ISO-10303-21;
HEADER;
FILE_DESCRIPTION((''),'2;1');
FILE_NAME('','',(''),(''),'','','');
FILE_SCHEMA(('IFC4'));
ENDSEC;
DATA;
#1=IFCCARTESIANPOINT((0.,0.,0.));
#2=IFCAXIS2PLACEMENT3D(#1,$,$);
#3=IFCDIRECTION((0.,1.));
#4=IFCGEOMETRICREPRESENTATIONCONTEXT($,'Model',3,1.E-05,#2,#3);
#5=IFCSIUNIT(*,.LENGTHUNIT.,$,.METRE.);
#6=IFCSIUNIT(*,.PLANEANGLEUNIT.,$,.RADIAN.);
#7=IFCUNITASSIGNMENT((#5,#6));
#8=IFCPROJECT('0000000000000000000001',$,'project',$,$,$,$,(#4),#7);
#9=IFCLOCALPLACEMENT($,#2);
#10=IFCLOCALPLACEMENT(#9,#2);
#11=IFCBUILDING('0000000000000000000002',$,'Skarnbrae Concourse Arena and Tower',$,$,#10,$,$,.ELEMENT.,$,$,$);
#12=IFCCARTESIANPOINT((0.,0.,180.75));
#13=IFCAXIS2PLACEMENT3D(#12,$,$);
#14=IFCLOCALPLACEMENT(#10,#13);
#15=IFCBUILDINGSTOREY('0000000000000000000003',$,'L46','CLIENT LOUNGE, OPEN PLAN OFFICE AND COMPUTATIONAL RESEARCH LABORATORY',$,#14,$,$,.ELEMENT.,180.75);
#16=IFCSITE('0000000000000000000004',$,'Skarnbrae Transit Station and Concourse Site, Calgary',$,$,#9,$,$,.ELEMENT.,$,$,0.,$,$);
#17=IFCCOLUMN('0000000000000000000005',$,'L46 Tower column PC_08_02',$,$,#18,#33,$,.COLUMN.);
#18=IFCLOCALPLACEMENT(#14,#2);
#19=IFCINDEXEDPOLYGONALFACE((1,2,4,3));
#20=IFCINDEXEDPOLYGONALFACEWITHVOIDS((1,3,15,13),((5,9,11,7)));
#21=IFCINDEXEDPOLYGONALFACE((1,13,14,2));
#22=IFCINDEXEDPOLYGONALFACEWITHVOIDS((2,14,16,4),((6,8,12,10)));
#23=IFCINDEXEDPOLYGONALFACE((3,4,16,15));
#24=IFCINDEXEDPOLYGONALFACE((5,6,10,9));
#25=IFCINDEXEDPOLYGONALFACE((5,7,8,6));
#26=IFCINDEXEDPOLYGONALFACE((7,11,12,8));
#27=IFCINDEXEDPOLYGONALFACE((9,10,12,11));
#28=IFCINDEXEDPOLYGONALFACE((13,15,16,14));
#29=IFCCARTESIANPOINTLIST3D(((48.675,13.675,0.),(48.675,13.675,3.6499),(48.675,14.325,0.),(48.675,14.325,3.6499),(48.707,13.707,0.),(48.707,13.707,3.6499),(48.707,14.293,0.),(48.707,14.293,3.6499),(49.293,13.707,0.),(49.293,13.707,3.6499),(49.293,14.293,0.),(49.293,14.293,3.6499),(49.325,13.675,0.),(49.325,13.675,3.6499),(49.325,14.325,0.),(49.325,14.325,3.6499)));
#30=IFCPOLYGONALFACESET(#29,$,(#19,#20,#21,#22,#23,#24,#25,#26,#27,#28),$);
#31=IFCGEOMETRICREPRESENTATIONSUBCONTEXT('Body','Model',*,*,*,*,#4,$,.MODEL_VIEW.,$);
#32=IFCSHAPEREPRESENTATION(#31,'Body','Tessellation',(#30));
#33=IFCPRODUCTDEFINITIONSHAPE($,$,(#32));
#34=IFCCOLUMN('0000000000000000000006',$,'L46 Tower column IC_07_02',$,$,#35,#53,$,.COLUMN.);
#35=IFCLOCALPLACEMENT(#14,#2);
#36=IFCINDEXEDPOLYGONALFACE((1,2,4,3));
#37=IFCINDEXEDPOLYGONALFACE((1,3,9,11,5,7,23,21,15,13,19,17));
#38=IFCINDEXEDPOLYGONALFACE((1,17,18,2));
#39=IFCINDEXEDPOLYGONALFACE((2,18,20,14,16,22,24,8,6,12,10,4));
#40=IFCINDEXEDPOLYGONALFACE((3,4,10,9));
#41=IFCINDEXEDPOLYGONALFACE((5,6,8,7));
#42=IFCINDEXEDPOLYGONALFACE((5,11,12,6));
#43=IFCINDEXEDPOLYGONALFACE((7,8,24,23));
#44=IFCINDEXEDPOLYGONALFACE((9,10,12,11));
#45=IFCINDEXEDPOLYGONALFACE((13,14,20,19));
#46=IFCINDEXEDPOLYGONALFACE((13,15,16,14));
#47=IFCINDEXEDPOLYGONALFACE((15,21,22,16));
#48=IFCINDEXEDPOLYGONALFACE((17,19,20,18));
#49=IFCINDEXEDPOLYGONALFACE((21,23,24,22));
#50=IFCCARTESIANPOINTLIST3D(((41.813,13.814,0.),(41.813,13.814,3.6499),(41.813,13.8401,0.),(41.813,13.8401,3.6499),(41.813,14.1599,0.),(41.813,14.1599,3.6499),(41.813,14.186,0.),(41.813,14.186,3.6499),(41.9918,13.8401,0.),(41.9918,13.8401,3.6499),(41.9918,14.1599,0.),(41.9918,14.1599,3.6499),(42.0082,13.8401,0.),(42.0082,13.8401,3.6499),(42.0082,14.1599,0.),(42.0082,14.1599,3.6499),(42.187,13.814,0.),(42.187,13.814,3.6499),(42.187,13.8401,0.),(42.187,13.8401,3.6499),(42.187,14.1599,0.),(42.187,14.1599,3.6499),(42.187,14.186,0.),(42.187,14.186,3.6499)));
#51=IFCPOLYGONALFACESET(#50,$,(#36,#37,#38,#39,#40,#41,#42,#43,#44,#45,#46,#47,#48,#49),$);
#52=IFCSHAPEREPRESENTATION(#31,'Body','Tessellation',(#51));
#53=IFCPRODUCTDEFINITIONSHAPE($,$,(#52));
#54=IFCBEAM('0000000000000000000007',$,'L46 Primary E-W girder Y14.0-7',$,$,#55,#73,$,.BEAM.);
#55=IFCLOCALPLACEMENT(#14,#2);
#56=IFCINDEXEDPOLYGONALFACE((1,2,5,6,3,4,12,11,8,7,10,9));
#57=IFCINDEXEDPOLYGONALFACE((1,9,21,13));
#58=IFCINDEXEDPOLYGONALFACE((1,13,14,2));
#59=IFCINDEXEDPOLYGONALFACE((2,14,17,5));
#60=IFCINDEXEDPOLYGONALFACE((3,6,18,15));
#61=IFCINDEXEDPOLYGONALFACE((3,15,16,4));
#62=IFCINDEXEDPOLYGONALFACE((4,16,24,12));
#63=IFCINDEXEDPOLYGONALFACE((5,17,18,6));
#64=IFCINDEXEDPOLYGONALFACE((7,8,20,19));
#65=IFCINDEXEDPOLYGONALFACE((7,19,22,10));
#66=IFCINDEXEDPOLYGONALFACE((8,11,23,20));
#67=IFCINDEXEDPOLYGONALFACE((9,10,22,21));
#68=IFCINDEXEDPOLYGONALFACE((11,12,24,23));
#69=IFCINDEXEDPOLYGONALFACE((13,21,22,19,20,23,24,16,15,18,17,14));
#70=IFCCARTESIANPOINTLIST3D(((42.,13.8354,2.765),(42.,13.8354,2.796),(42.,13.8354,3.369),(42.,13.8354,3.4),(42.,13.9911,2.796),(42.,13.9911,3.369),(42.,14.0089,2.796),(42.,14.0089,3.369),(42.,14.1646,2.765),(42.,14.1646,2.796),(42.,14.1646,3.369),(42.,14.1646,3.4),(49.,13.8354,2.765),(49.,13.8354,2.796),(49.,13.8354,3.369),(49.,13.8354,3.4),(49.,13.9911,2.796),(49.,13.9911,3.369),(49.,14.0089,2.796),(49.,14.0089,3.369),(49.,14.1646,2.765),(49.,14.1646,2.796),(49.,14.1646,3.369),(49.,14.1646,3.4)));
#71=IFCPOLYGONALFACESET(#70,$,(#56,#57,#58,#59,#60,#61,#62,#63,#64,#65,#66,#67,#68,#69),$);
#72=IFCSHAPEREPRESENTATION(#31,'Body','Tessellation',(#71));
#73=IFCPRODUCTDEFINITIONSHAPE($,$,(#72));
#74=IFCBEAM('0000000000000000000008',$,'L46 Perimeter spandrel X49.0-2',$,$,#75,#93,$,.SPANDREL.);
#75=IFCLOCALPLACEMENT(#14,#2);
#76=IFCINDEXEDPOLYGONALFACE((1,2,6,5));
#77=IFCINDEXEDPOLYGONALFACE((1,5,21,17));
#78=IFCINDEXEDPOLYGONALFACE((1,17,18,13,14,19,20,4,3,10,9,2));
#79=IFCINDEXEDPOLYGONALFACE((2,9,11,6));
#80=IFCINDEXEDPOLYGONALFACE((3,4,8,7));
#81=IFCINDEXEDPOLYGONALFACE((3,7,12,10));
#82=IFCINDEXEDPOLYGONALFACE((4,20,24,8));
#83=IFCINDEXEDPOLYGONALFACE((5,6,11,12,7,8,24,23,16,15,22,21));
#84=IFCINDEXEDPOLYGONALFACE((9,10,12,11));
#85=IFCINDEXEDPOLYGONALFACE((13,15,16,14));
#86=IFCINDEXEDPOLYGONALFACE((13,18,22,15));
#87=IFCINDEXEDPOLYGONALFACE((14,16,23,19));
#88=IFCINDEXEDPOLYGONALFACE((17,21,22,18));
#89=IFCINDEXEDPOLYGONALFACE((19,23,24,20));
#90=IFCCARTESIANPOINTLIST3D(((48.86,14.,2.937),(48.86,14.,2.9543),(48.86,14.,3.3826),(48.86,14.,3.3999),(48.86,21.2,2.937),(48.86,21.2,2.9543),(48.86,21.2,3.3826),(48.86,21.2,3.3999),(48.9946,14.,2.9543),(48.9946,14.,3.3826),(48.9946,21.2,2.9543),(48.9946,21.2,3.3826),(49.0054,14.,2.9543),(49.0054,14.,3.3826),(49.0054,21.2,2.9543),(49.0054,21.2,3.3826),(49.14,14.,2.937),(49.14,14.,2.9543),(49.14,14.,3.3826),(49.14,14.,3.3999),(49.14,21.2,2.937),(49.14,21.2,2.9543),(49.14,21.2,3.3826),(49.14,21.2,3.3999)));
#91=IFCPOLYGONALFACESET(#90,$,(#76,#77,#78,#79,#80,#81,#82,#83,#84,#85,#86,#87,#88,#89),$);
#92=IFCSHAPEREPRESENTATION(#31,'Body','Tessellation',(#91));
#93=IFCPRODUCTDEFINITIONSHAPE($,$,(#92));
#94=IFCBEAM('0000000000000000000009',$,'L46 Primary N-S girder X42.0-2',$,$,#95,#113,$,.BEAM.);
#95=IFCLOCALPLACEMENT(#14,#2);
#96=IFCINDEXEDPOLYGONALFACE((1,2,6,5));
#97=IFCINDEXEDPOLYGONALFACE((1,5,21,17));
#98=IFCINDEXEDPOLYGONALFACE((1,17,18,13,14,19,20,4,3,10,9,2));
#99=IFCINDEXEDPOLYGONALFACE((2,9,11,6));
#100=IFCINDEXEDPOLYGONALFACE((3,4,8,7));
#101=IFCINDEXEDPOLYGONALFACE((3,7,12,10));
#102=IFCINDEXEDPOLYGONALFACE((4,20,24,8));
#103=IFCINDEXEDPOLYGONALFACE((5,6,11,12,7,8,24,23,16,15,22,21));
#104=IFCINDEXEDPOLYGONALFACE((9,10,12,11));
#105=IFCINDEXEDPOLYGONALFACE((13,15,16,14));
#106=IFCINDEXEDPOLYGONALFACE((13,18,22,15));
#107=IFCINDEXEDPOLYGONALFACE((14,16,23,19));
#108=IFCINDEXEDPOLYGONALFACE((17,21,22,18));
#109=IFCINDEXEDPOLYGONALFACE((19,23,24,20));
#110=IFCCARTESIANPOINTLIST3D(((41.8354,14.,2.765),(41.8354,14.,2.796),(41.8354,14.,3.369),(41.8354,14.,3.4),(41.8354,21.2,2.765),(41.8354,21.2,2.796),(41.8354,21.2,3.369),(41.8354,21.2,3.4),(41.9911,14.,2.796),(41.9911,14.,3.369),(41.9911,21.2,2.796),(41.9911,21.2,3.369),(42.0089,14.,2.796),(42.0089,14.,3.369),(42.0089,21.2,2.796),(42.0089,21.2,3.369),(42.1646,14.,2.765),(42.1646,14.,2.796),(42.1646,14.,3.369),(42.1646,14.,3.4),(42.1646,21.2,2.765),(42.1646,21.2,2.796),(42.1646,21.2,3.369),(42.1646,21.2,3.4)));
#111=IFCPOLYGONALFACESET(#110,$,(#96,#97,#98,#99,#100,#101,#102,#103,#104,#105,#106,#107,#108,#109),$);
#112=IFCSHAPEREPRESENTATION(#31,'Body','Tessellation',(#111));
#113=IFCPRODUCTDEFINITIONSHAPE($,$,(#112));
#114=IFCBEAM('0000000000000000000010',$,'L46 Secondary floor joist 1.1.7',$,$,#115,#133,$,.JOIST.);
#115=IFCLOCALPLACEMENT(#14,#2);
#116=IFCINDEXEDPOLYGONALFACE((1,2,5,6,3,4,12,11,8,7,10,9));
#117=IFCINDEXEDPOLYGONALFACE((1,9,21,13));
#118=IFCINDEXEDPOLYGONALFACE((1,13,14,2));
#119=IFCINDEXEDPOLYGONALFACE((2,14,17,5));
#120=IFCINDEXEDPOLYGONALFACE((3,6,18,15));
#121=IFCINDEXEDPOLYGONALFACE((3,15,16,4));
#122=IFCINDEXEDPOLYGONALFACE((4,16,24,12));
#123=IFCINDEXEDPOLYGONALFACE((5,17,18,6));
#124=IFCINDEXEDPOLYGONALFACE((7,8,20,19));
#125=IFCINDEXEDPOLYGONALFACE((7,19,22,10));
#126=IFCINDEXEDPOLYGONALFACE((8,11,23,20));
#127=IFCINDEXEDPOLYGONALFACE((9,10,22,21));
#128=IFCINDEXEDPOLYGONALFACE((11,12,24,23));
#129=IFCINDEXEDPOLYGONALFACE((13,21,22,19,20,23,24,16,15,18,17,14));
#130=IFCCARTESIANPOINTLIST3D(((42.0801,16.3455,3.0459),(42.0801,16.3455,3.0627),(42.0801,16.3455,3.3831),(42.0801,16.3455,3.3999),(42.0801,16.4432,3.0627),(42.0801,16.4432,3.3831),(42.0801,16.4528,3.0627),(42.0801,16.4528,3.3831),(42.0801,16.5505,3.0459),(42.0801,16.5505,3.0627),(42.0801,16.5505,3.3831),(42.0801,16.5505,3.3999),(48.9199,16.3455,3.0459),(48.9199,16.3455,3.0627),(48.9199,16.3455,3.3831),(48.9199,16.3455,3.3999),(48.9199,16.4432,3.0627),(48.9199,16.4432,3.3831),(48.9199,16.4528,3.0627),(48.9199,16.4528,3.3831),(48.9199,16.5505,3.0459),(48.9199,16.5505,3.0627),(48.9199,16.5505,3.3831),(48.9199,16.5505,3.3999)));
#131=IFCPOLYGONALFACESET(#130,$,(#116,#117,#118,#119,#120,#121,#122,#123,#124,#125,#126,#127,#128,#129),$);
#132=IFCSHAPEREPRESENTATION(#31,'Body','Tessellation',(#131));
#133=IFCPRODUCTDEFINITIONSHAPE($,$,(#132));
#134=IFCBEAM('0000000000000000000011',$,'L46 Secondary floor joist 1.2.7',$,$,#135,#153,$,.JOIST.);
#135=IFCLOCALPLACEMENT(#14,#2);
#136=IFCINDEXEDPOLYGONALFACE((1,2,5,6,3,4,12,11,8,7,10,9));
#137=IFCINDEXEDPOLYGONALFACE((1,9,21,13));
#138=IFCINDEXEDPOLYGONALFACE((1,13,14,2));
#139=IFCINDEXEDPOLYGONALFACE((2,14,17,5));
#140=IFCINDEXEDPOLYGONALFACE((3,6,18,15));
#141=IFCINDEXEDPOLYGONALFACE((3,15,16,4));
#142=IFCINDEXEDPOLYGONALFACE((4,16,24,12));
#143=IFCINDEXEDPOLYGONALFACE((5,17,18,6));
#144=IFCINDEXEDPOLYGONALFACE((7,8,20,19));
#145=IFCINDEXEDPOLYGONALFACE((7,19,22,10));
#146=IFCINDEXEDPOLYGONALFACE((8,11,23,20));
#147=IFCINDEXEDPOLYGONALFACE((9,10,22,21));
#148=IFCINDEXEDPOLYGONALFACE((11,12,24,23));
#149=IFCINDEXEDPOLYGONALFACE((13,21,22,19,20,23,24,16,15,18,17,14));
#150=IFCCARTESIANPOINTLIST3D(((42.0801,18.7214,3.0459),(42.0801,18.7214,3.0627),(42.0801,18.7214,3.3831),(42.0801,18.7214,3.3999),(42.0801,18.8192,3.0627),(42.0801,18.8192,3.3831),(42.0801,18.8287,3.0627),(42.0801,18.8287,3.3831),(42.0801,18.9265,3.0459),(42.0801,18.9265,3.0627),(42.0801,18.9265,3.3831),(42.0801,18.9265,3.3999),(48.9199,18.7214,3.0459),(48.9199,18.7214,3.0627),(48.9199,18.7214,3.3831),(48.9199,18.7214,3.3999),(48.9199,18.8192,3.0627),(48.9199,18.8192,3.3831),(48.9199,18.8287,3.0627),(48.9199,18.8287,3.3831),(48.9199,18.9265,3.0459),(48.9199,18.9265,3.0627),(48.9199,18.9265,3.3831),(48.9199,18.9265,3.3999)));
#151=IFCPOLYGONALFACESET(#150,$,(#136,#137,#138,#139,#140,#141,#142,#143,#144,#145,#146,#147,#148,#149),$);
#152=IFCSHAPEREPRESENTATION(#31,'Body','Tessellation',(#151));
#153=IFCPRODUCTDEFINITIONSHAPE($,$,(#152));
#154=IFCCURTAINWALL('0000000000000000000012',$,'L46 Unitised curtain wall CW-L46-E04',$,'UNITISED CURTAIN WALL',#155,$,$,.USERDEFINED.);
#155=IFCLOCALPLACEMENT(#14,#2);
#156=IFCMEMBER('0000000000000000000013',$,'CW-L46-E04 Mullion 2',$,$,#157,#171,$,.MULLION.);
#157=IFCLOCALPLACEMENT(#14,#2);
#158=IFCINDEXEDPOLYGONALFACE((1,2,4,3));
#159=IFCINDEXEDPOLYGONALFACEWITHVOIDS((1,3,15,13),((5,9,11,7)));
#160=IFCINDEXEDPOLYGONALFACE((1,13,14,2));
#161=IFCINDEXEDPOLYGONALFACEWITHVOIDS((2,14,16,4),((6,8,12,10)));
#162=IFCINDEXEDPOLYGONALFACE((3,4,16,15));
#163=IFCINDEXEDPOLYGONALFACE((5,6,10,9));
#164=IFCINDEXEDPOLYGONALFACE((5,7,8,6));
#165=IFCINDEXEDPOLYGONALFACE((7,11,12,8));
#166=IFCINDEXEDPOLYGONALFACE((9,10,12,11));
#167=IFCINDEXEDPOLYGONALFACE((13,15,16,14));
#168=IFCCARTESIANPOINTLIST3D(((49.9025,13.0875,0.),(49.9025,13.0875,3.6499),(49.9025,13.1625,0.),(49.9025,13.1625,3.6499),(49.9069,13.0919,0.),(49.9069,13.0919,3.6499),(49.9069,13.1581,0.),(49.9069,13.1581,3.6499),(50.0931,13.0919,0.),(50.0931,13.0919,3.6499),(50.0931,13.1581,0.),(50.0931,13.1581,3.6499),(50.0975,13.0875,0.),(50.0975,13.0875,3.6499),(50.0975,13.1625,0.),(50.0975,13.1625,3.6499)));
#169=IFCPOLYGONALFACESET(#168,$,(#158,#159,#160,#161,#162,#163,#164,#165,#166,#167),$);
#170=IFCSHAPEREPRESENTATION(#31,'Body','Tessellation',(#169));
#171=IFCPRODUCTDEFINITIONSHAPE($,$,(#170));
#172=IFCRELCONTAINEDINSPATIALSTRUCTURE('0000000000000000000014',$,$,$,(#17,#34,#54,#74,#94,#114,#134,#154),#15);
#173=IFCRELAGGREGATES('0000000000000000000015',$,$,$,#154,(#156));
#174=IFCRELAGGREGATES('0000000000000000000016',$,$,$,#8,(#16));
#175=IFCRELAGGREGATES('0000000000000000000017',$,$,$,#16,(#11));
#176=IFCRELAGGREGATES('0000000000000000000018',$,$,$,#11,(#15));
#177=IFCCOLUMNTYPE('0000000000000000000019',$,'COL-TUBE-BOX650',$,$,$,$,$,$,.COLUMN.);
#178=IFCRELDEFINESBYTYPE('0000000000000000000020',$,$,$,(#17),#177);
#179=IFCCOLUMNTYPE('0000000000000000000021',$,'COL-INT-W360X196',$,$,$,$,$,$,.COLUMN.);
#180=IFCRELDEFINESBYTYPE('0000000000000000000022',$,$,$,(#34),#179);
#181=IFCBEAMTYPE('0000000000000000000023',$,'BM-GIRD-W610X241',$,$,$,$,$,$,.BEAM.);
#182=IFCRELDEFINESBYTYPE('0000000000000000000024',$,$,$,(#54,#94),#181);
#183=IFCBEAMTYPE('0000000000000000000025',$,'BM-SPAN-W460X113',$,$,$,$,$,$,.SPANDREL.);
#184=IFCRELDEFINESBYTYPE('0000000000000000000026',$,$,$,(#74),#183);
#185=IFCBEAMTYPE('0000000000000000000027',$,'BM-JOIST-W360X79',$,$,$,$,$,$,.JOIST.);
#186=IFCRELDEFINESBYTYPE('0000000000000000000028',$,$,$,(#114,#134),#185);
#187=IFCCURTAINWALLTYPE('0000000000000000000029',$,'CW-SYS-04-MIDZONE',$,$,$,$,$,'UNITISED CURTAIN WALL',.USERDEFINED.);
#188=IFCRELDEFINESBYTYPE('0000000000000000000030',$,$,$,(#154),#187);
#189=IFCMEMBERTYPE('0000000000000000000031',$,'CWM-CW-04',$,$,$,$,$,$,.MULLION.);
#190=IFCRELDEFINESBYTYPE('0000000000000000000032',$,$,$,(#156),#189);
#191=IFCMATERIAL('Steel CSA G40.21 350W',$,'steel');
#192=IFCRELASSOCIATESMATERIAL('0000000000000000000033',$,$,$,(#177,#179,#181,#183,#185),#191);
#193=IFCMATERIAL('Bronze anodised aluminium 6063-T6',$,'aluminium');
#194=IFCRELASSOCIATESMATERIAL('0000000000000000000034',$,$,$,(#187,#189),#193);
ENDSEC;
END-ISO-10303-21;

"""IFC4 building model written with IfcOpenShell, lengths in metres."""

from ifc_helpers import new_model, si_unit, direction, frame, origin, origin_2d, place, context, subcontext, project, spatial, hollow_rectangle, i_section, extrude, source, transform, mapped, material, material_profile, profile_set, type_object, element, aggregate, save


model = new_model("IFC4")

# Units and contexts
model_context = context("Model", 3, precision=1e-05, world=origin(), true_north=direction((0.0, 1.0)))
body_context = subcontext(model_context, "Body", "Model", "MODEL_VIEW")
ifc_project = project(units=[si_unit("LENGTHUNIT", "METRE"), si_unit("PLANEANGLEUNIT", "RADIAN")], contexts=[model_context])

# Site, building, storey
site_placement = place(None, origin())
site = spatial("IfcSite", under=ifc_project, at=site_placement, Name="Skarnbrae Transit Station and Concourse Site, Calgary", CompositionType="ELEMENT", RefElevation=0.0)
building_placement = place(site_placement, origin())
building = spatial("IfcBuilding", under=site, at=building_placement, Name="Skarnbrae Concourse Arena and Tower", CompositionType="ELEMENT")
storey_placement = place(building_placement, frame((0.0, 0.0, 180.75)))
storey = spatial("IfcBuildingStorey", under=building, at=storey_placement, Name="L46", Description="CLIENT LOUNGE, OPEN PLAN OFFICE AND COMPUTATIONAL RESEARCH LABORATORY", CompositionType="ELEMENT", Elevation=180.75)

# Columns
ifc_material_1 = material(Name="Steel CSA G40.21 350W", Category="steel")
ifc_material_profile_1 = material_profile(ifc_material_1, hollow_rectangle(XDim=0.6499, YDim=0.6499, WallThickness=0.032, at=origin_2d()), Name="BOX650X650X32")
ifc_profile_set_1 = profile_set([ifc_material_profile_1], Name="Steel CSA G40.21 350W")
column_type_1 = type_object("IfcColumnType", Name="COL-TUBE-BOX650", PredefinedType="COLUMN", material=ifc_profile_set_1)
shared_shape_1 = source(origin(), body_context, "Body", "SweptSolid", [
    extrude(hollow_rectangle(XDim=0.6499, YDim=0.6499, WallThickness=0.032, at=origin_2d()), origin(), (0.0, 0.0, 1.0), 3.6499),
])
column_1_placement = place(storey_placement, frame((49.0, 14.0, 0.0), z_axis=(0.0, 0.0, 1.0), x_axis=(1.0, 0.0, 0.0)))
element("IfcColumn", 1, at=column_1_placement, inside=storey, type_object=column_type_1, Name="L46 Tower column PC_08_02", PredefinedType="COLUMN", context=body_context, shape_type="MappedRepresentation", body=[
    mapped(shared_shape_1, transform((0.0, 0.0, 0.0))),
])
ifc_material_profile_2 = material_profile(ifc_material_1, i_section(OverallWidth=0.374, OverallDepth=0.3721, WebThickness=0.0164, FlangeThickness=0.0261, at=origin_2d()), Name="W360X196")
ifc_profile_set_2 = profile_set([ifc_material_profile_2], Name="Steel CSA G40.21 350W")
column_type_2 = type_object("IfcColumnType", Name="COL-INT-W360X196", PredefinedType="COLUMN", material=ifc_profile_set_2)
shared_shape_2 = source(origin(), body_context, "Body", "SweptSolid", [
    extrude(i_section(OverallWidth=0.374, OverallDepth=0.3721, WebThickness=0.0164, FlangeThickness=0.0261, at=origin_2d()), origin(), (0.0, 0.0, 1.0), 3.6499),
])
column_2_placement = place(storey_placement, frame((42.0, 14.0, 0.0), z_axis=(0.0, 0.0, 1.0), x_axis=(1.0, 0.0, 0.0)))
element("IfcColumn", 2, at=column_2_placement, inside=storey, type_object=column_type_2, Name="L46 Tower column IC_07_02", PredefinedType="COLUMN", context=body_context, shape_type="MappedRepresentation", body=[
    mapped(shared_shape_2, transform((0.0, 0.0, 0.0))),
])

# Beams
ifc_material_profile_3 = material_profile(ifc_material_1, i_section(OverallWidth=0.3291, OverallDepth=0.635, WebThickness=0.0178, FlangeThickness=0.031, at=origin_2d()), Name="W610X241")
ifc_profile_set_3 = profile_set([ifc_material_profile_3], Name="Steel CSA G40.21 350W")
beam_type_1 = type_object("IfcBeamType", Name="BM-GIRD-W610X241", PredefinedType="BEAM", material=ifc_profile_set_3)
shared_shape_3 = source(origin(), body_context, "Body", "SweptSolid", [
    extrude(i_section(OverallWidth=0.3291, OverallDepth=0.635, WebThickness=0.0178, FlangeThickness=0.031, at=origin_2d()), origin(), (0.0, 0.0, 1.0), 7.0),
])
beam_1_placement = place(storey_placement, frame((42.0, 14.0, 3.0825), z_axis=(1.0, 0.0, 0.0), x_axis=(0.0, 1.0, 0.0)))
element("IfcBeam", 3, at=beam_1_placement, inside=storey, type_object=beam_type_1, Name="L46 Primary E-W girder Y14.0-7", PredefinedType="BEAM", context=body_context, shape_type="MappedRepresentation", body=[
    mapped(shared_shape_3, transform((0.0, 0.0, 0.0))),
])
ifc_material_profile_4 = material_profile(ifc_material_1, i_section(OverallWidth=0.28, OverallDepth=0.4629, WebThickness=0.0107, FlangeThickness=0.0173, at=origin_2d()), Name="W460X113")
ifc_profile_set_4 = profile_set([ifc_material_profile_4], Name="Steel CSA G40.21 350W")
beam_type_2 = type_object("IfcBeamType", Name="BM-SPAN-W460X113", PredefinedType="SPANDREL", material=ifc_profile_set_4)
shared_shape_4 = source(origin(), body_context, "Body", "SweptSolid", [
    extrude(i_section(OverallWidth=0.28, OverallDepth=0.4629, WebThickness=0.0107, FlangeThickness=0.0173, at=origin_2d()), origin(), (0.0, 0.0, 1.0), 7.2),
])
beam_2_placement = place(storey_placement, frame((49.0, 14.0, 3.1685), z_axis=(0.0, 1.0, 0.0), x_axis=(-1.0, 0.0, 0.0)))
element("IfcBeam", 4, at=beam_2_placement, inside=storey, type_object=beam_type_2, Name="L46 Perimeter spandrel X49.0-2", PredefinedType="SPANDREL", context=body_context, shape_type="MappedRepresentation", body=[
    mapped(shared_shape_4, transform((0.0, 0.0, 0.0))),
])
shared_shape_5 = source(origin(), body_context, "Body", "SweptSolid", [
    extrude(i_section(OverallWidth=0.3291, OverallDepth=0.635, WebThickness=0.0178, FlangeThickness=0.031, at=origin_2d()), origin(), (0.0, 0.0, 1.0), 7.2),
])
beam_3_placement = place(storey_placement, frame((42.0, 14.0, 3.0825), z_axis=(0.0, 1.0, 0.0), x_axis=(-1.0, 0.0, 0.0)))
element("IfcBeam", 5, at=beam_3_placement, inside=storey, type_object=beam_type_1, Name="L46 Primary N-S girder X42.0-2", PredefinedType="BEAM", context=body_context, shape_type="MappedRepresentation", body=[
    mapped(shared_shape_5, transform((0.0, 0.0, 0.0))),
])
ifc_material_profile_5 = material_profile(ifc_material_1, i_section(OverallWidth=0.2051, OverallDepth=0.354, WebThickness=0.0095, FlangeThickness=0.0168, at=origin_2d()), Name="W360X79")
ifc_profile_set_5 = profile_set([ifc_material_profile_5], Name="Steel CSA G40.21 350W")
beam_type_3 = type_object("IfcBeamType", Name="BM-JOIST-W360X79", PredefinedType="JOIST", material=ifc_profile_set_5)
shared_shape_6 = source(origin(), body_context, "Body", "SweptSolid", [
    extrude(i_section(OverallWidth=0.2051, OverallDepth=0.354, WebThickness=0.0095, FlangeThickness=0.0168, at=origin_2d()), origin(), (0.0, 0.0, 1.0), 6.8398),
])
for number, where, z_axis, x_axis, name in (
    (6, (42.0801, 16.448, 3.2229), (1.0, 0.0, 0.0), (0.0, 1.0, 0.0), "L46 Secondary floor joist 1.1.7"),
    (7, (42.0801, 18.824, 3.2229), (1.0, 0.0, 0.0), (0.0, 1.0, 0.0), "L46 Secondary floor joist 1.2.7"),
):
    element("IfcBeam", number, at=place(storey_placement, frame(where, z_axis=z_axis, x_axis=x_axis)), inside=storey, type_object=beam_type_3, Name=name, PredefinedType="JOIST", context=body_context, shape_type="MappedRepresentation", body=[
        mapped(shared_shape_6, transform((0.0, 0.0, 0.0))),
    ])

# Curtain wall, member
ifc_material_2 = material(Name="Bronze anodised aluminium 6063-T6", Category="aluminium")
curtain_wall_type = type_object("IfcCurtainWallType", Name="CW-SYS-04-MIDZONE", ElementType="UNITISED CURTAIN WALL", PredefinedType="USERDEFINED", material=ifc_material_2)
curtain_wall_placement = place(storey_placement, origin())
curtain_wall = element("IfcCurtainWall", 8, at=curtain_wall_placement, inside=storey, type_object=curtain_wall_type, Name="L46 Unitised curtain wall CW-L46-E04", ObjectType="UNITISED CURTAIN WALL", PredefinedType="USERDEFINED")
ifc_material_profile_6 = material_profile(ifc_material_2, hollow_rectangle(XDim=0.075, YDim=0.1951, WallThickness=0.0044, at=origin_2d()), Name="ALU-MULL-75X195")
ifc_profile_set_6 = profile_set([ifc_material_profile_6], Name="Bronze anodised aluminium 6063-T6")
member_type_1 = type_object("IfcMemberType", Name="CWM-CW-04", PredefinedType="MULLION", material=ifc_profile_set_6)
shared_shape_7 = source(origin(), body_context, "Body", "SweptSolid", [
    extrude(hollow_rectangle(XDim=0.075, YDim=0.1951, WallThickness=0.0044, at=origin_2d()), origin(), (0.0, 0.0, 1.0), 3.6499),
])
member_1_placement = place(storey_placement, frame((50.0, 13.125, 0.0), z_axis=(0.0, 0.0, 1.0), x_axis=(0.0, 1.0, 0.0)))
member_1 = element("IfcMember", 9, at=member_1_placement, type_object=member_type_1, Name="CW-L46-E04 Mullion 2", PredefinedType="MULLION", context=body_context, shape_type="MappedRepresentation", body=[
    mapped(shared_shape_7, transform((0.0, 0.0, 0.0))),
])
aggregate(curtain_wall, [member_1])

save(model, "model.ifc")
